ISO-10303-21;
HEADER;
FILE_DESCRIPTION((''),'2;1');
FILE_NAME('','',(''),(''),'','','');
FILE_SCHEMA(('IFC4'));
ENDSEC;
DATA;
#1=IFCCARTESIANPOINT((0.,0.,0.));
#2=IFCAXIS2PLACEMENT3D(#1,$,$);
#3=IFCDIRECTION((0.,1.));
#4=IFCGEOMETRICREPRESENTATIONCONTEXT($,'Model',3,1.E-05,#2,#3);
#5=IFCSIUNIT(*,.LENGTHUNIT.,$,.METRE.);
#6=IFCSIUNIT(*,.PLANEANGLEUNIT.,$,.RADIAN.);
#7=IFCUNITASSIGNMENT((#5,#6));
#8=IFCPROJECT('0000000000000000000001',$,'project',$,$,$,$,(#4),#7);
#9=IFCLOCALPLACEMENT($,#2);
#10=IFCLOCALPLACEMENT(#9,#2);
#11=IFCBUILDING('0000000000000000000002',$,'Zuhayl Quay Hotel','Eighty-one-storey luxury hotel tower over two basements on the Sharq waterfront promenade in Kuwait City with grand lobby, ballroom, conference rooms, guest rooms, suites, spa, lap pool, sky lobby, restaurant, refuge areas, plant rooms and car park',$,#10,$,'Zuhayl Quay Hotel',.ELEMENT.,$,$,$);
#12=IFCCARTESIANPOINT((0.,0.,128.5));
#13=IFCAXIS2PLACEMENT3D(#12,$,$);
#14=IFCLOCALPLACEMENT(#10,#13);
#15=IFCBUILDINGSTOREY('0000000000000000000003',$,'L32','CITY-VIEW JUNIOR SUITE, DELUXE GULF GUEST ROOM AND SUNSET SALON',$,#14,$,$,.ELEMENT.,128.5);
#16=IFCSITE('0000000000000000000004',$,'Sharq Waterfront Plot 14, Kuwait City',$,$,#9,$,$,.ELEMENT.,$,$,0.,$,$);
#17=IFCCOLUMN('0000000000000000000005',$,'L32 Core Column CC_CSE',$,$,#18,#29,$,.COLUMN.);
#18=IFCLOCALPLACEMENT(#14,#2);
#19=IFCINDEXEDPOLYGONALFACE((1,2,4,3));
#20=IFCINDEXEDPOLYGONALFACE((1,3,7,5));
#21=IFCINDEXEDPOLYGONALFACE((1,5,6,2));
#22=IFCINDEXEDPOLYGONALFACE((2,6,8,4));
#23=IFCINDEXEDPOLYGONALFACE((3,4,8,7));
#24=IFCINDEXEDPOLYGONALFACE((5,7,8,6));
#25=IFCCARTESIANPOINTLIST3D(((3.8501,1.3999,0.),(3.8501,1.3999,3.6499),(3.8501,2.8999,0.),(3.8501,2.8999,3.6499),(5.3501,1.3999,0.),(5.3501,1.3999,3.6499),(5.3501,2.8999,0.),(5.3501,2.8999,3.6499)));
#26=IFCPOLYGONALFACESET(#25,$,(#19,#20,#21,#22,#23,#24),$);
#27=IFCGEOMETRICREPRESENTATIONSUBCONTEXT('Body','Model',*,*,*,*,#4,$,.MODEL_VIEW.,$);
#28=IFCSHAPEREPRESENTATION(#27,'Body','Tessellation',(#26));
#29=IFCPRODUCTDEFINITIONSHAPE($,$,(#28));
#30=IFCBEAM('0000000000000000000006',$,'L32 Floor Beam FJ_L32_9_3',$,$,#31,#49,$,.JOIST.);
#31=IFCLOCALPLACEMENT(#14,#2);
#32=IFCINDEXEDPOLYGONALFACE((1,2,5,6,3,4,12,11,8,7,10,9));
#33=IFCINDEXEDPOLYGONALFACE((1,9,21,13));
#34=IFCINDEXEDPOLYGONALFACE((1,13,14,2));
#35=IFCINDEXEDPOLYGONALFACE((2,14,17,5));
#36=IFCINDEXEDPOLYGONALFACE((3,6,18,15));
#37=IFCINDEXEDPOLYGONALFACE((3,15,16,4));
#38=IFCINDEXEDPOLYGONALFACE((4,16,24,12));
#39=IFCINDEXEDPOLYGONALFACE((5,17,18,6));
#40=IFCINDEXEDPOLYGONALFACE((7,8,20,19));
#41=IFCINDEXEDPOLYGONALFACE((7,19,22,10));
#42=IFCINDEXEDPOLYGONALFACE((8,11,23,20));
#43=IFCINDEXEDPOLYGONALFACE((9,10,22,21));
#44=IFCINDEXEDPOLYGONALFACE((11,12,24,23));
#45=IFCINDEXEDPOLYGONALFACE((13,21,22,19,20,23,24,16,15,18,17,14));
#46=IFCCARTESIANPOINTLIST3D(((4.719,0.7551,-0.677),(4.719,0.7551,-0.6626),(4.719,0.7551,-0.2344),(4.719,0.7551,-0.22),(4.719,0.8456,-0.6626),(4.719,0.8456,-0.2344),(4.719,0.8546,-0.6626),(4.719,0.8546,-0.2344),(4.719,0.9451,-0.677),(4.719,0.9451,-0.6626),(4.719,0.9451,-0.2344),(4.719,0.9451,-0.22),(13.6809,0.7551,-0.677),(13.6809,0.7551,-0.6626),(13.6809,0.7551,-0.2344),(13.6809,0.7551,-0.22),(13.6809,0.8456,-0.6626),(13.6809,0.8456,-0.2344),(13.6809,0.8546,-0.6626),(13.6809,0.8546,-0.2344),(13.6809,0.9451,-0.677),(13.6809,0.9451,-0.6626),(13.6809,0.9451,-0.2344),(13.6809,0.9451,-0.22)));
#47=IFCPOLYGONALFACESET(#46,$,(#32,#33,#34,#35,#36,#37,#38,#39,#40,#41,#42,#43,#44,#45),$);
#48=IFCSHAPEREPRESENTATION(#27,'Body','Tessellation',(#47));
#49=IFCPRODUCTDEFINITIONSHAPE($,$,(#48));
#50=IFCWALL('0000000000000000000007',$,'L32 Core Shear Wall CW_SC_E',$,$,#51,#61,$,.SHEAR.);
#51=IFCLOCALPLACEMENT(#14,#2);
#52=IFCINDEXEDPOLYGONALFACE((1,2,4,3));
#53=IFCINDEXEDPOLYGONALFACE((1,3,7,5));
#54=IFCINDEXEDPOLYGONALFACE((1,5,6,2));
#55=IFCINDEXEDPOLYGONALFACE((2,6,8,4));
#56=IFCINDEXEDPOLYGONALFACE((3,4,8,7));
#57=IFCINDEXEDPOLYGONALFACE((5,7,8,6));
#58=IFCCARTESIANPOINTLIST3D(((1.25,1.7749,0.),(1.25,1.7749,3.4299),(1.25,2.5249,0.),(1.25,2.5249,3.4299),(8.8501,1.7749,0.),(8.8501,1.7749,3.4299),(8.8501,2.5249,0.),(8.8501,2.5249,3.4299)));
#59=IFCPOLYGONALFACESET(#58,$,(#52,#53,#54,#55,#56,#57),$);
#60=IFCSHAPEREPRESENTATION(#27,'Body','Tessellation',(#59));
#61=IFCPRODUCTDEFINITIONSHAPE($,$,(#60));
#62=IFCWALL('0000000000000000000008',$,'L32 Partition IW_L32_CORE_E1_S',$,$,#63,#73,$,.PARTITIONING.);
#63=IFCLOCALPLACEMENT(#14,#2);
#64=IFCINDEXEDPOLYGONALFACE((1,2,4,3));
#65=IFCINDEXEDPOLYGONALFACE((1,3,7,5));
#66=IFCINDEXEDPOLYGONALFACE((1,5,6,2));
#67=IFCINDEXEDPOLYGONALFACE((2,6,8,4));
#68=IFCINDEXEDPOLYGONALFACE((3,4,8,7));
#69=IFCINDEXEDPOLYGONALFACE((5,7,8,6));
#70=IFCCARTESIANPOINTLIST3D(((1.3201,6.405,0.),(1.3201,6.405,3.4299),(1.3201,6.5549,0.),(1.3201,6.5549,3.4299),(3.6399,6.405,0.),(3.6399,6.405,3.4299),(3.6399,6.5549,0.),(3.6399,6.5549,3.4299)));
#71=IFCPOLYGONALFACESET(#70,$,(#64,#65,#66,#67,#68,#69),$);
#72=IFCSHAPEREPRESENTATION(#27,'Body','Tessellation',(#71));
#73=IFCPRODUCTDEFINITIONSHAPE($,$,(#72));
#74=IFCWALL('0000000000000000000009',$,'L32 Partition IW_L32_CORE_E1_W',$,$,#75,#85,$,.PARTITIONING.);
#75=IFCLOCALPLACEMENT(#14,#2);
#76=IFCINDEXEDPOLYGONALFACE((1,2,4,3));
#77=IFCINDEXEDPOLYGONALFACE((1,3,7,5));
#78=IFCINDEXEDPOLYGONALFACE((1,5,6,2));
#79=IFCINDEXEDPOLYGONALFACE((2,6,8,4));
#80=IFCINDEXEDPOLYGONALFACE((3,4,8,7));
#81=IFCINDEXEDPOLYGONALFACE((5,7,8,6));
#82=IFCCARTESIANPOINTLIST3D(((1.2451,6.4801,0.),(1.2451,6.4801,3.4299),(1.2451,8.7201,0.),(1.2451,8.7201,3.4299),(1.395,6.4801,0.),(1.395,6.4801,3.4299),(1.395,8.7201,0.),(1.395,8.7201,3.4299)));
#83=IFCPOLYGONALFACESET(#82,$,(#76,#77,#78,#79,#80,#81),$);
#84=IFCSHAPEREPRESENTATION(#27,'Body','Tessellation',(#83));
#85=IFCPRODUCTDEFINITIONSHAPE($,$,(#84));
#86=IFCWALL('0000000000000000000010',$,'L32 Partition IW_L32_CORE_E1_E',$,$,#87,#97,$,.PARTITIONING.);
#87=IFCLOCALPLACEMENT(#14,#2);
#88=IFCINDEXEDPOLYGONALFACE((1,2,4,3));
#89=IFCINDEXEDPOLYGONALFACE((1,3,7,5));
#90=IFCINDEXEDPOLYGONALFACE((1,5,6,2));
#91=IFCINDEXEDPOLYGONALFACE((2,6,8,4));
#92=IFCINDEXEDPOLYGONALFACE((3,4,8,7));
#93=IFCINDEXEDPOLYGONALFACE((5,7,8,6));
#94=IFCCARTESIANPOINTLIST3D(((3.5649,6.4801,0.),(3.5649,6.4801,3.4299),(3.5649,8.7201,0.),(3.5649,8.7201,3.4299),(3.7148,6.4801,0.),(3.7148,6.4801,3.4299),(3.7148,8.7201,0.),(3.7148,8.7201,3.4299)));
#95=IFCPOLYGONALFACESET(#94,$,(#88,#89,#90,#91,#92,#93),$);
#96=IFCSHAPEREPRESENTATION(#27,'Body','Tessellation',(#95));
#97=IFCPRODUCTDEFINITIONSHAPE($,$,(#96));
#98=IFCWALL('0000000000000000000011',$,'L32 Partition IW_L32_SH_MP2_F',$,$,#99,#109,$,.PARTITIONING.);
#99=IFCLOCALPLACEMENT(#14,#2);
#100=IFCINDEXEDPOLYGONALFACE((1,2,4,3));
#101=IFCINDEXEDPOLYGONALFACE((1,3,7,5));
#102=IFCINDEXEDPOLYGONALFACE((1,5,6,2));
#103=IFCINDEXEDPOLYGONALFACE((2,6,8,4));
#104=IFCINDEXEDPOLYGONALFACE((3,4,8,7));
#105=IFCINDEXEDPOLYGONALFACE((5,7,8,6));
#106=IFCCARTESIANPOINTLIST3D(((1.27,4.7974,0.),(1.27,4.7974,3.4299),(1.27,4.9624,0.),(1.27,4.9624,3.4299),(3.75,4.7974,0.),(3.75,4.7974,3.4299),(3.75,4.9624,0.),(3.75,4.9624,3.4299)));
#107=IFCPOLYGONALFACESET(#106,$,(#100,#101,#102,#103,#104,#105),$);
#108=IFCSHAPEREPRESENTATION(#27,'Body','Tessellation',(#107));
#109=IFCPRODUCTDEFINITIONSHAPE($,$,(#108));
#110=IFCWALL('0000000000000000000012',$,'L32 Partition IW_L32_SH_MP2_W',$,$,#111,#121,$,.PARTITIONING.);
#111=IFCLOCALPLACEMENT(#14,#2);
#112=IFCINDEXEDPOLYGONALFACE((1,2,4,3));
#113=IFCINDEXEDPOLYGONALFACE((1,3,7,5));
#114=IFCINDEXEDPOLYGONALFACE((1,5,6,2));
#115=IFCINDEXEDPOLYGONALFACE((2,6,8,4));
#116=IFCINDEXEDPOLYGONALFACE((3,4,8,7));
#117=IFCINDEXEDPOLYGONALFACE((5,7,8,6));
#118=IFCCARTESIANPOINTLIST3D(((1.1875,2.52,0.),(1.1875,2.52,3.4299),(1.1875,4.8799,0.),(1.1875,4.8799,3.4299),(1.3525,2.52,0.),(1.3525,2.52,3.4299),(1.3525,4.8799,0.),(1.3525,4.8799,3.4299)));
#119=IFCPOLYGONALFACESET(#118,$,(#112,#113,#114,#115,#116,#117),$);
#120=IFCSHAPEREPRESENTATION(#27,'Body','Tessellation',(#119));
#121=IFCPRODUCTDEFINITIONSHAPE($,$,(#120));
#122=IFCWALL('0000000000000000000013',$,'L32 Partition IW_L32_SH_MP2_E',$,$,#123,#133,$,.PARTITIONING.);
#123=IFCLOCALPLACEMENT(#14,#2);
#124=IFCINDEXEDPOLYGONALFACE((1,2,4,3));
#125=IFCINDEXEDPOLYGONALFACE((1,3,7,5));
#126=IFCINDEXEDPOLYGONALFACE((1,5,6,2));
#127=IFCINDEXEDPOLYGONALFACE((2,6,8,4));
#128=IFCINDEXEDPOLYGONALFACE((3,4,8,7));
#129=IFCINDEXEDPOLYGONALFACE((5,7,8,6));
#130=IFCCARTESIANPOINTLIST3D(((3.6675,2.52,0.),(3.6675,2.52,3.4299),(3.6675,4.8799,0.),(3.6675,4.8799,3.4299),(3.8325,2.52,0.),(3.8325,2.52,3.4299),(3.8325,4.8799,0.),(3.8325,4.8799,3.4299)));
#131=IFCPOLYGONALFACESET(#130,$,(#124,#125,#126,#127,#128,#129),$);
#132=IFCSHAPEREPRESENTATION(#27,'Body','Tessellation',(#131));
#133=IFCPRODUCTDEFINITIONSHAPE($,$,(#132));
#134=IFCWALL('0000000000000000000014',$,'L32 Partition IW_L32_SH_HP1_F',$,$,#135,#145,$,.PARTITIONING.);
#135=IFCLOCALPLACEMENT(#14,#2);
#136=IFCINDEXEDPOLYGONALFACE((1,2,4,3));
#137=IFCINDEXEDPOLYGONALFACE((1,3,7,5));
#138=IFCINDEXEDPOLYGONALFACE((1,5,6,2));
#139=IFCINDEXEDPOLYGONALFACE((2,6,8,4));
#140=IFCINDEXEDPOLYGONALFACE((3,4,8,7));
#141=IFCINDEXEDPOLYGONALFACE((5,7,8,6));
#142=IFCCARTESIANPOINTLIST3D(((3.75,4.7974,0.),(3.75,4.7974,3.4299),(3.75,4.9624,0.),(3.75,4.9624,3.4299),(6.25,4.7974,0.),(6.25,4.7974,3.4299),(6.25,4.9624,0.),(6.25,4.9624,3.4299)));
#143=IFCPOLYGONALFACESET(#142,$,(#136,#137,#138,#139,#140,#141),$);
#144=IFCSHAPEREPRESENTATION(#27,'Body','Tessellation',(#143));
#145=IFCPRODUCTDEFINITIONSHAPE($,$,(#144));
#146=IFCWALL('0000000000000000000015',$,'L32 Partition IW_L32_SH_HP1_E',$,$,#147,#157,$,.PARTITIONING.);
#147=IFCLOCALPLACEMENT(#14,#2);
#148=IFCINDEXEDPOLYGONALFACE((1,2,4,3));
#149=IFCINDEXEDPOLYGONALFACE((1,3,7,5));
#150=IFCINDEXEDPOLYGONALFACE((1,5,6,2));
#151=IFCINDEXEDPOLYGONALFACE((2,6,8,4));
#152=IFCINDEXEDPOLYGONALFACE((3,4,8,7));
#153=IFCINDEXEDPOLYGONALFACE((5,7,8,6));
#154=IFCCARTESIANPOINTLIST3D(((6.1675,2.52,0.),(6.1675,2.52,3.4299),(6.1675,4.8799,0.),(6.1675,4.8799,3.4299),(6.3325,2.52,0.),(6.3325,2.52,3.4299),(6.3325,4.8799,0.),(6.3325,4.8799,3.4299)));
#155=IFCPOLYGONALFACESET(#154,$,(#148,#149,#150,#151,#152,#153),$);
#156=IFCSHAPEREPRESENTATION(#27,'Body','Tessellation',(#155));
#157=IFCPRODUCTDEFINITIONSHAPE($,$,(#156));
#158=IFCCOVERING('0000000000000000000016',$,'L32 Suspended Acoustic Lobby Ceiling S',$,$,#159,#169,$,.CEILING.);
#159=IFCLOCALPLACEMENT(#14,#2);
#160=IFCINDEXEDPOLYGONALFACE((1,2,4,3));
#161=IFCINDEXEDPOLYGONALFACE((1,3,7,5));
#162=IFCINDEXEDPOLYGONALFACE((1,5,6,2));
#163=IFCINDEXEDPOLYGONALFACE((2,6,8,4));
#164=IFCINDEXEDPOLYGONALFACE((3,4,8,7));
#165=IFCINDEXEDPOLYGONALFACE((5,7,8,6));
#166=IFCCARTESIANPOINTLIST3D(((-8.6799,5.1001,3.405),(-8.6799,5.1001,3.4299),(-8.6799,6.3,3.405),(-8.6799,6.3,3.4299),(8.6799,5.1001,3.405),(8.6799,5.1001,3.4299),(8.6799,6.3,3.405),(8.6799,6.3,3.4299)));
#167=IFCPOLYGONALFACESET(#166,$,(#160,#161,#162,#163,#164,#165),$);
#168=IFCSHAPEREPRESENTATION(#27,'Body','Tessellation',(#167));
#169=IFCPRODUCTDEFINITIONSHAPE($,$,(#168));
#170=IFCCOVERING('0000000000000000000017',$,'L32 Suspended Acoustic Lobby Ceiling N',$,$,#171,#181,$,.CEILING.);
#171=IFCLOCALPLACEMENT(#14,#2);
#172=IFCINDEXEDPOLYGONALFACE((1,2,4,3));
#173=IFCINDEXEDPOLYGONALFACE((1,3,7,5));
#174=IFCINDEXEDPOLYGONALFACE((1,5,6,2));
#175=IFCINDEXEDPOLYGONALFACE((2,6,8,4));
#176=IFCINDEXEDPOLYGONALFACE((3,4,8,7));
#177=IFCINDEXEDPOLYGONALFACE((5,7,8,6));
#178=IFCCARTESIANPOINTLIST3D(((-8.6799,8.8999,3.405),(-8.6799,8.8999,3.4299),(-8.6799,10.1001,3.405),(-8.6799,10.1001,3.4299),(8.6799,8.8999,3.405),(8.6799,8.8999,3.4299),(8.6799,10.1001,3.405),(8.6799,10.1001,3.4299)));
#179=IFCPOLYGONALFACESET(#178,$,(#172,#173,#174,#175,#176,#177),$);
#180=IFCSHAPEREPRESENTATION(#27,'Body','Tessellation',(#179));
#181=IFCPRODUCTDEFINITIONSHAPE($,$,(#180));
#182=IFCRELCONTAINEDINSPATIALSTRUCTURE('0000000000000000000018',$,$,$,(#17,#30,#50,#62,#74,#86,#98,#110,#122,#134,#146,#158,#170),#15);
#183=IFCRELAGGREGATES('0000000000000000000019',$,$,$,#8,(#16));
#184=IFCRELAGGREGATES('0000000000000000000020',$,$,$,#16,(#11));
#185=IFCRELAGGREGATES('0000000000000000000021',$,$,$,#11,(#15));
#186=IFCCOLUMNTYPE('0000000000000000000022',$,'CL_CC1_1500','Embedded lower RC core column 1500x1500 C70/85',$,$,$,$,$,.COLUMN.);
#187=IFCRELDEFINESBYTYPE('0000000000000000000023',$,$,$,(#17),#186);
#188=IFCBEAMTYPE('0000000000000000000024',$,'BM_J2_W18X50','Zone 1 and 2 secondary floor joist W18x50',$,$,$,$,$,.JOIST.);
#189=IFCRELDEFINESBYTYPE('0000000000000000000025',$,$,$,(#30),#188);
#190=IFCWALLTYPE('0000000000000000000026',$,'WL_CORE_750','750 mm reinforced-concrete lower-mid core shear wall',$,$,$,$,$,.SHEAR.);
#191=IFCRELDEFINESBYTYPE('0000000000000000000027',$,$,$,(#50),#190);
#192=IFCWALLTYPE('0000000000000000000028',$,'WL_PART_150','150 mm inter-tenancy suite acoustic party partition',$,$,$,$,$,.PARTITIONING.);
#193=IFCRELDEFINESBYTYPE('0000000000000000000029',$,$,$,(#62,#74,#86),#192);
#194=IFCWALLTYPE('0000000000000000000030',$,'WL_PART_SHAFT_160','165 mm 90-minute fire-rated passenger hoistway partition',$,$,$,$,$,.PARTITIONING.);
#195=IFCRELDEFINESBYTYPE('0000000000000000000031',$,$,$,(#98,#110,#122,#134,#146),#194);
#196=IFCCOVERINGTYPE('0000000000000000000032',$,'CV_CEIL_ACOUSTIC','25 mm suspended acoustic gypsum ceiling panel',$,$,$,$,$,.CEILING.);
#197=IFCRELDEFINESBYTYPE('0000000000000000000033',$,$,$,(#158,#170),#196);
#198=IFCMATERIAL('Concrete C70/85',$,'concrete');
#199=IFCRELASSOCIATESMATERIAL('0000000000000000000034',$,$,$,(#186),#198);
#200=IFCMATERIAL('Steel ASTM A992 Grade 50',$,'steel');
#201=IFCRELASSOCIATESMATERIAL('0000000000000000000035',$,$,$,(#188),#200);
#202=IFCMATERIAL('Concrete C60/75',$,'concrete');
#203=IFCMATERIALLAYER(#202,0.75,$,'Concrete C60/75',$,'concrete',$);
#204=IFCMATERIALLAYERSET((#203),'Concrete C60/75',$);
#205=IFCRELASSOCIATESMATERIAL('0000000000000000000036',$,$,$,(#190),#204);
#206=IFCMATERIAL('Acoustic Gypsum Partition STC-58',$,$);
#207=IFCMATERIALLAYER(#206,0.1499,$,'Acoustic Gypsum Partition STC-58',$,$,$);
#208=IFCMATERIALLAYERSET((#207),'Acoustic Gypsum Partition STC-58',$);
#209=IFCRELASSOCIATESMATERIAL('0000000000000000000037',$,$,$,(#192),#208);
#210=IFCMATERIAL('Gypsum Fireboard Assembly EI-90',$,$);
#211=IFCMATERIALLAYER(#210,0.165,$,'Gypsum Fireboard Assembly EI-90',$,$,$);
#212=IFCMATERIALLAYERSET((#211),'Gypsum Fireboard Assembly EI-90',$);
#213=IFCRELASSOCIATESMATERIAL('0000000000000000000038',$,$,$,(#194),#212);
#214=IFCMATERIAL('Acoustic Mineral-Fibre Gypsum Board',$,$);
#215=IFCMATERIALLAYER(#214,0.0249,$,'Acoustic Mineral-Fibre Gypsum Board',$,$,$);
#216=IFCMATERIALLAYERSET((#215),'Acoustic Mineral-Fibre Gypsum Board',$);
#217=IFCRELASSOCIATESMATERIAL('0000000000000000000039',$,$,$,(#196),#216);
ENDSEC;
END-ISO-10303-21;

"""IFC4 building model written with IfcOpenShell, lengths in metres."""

from ifc_helpers import new_model, si_unit, direction, frame, frame_2d, origin, origin_2d, place, context, subcontext, project, spatial, polyline, rectangle, i_section, outline, extrude, material, layer, layer_set, material_profile, profile_set, type_object, element, save


model = new_model("IFC4")

# Units and contexts
model_context = context("Model", 3, precision=1e-05, world=origin(), true_north=direction((0.0, 1.0)))
body_context = subcontext(model_context, "Body", "Model", "MODEL_VIEW")
ifc_project = project(units=[si_unit("LENGTHUNIT", "METRE"), si_unit("PLANEANGLEUNIT", "RADIAN")], contexts=[model_context])

# Site, building, storey
site_placement = place(None, origin())
site = spatial("IfcSite", under=ifc_project, at=site_placement, Name="Sharq Waterfront Plot 14, Kuwait City", CompositionType="ELEMENT", RefElevation=0.0)
building_placement = place(site_placement, origin())
building = spatial("IfcBuilding", under=site, at=building_placement, Name="Zuhayl Quay Hotel", Description="Eighty-one-storey luxury hotel tower over two basements on the Sharq waterfront promenade in Kuwait City with grand lobby, ballroom, conference rooms, guest rooms, suites, spa, lap pool, sky lobby, restaurant, refuge areas, plant rooms and car park", LongName="Zuhayl Quay Hotel", CompositionType="ELEMENT")
storey_placement = place(building_placement, frame((0.0, 0.0, 128.5)))
storey = spatial("IfcBuildingStorey", under=building, at=storey_placement, Name="L32", Description="CITY-VIEW JUNIOR SUITE, DELUXE GULF GUEST ROOM AND SUNSET SALON", CompositionType="ELEMENT", Elevation=128.5)

# Column
ifc_material_1 = material(Name="Concrete C70/85", Category="concrete")
ifc_material_profile_1 = material_profile(ifc_material_1, rectangle(XDim=1.5, YDim=1.5, at=origin_2d()), Name="RC1500X1500")
ifc_profile_set_1 = profile_set([ifc_material_profile_1], Name="Concrete C70/85")
column_type = type_object("IfcColumnType", Name="CL_CC1_1500", Description="Embedded lower RC core column 1500x1500 C70/85", PredefinedType="COLUMN", material=ifc_profile_set_1)
column_placement = place(storey_placement, frame((4.6001, 2.1499, 0.0), z_axis=(0.0, 0.0, 1.0), x_axis=(1.0, 0.0, 0.0)))
element("IfcColumn", 1, at=column_placement, inside=storey, type_object=column_type, Name="L32 Core Column CC_CSE", PredefinedType="COLUMN", context=body_context, shape_type="SweptSolid", body=[
    extrude(rectangle(XDim=1.5, YDim=1.5, at=origin_2d()), origin(), (0.0, 0.0, 1.0), 3.6499),
])

# Beam
ifc_material_2 = material(Name="Steel ASTM A992 Grade 50", Category="steel")
ifc_material_profile_2 = material_profile(ifc_material_2, i_section(OverallWidth=0.1899, OverallDepth=0.457, WebThickness=0.009, FlangeThickness=0.0144, at=origin_2d()), Name="W18X50")
ifc_profile_set_2 = profile_set([ifc_material_profile_2], Name="Steel ASTM A992 Grade 50")
beam_type = type_object("IfcBeamType", Name="BM_J2_W18X50", Description="Zone 1 and 2 secondary floor joist W18x50", PredefinedType="JOIST", material=ifc_profile_set_2)
beam_placement = place(storey_placement, frame((4.719, 0.8501, -0.4485), z_axis=(1.0, 0.0, 0.0), x_axis=(0.0, 1.0, 0.0)))
element("IfcBeam", 2, at=beam_placement, inside=storey, type_object=beam_type, Name="L32 Floor Beam FJ_L32_9_3", PredefinedType="JOIST", context=body_context, shape_type="SweptSolid", body=[
    extrude(i_section(OverallWidth=0.1899, OverallDepth=0.457, WebThickness=0.009, FlangeThickness=0.0144, at=origin_2d()), origin(), (0.0, 0.0, 1.0), 8.9619),
])

# Walls
ifc_material_3 = material(Name="Concrete C60/75", Category="concrete")
ifc_layer_1 = layer(ifc_material_3, 0.75, Name="Concrete C60/75", Category="concrete")
ifc_layer_set_1 = layer_set([ifc_layer_1], Name="Concrete C60/75")
wall_type_1 = type_object("IfcWallType", Name="WL_CORE_750", Description="750 mm reinforced-concrete lower-mid core shear wall", PredefinedType="SHEAR", material=ifc_layer_set_1)
wall_1_placement = place(storey_placement, frame((1.25, 2.1499, 0.0), z_axis=(0.0, 0.0, 1.0), x_axis=(1.0, 0.0, 0.0)))
element("IfcWall", 3, at=wall_1_placement, inside=storey, type_object=wall_type_1, Name="L32 Core Shear Wall CW_SC_E", PredefinedType="SHEAR", context=body_context, shape_type="SweptSolid", body=[
    extrude(rectangle(XDim=7.6001, YDim=0.75, at=frame_2d((3.8, 0.0))), origin(), (0.0, 0.0, 1.0), 3.4299),
])
ifc_material_4 = material(Name="Acoustic Gypsum Partition STC-58")
ifc_layer_2 = layer(ifc_material_4, 0.1499, Name="Acoustic Gypsum Partition STC-58")
ifc_layer_set_2 = layer_set([ifc_layer_2], Name="Acoustic Gypsum Partition STC-58")
wall_type_2 = type_object("IfcWallType", Name="WL_PART_150", Description="150 mm inter-tenancy suite acoustic party partition", PredefinedType="PARTITIONING", material=ifc_layer_set_2)
wall_2_placement = place(storey_placement, frame((1.3201, 6.48, 0.0), z_axis=(0.0, 0.0, 1.0), x_axis=(1.0, 0.0, 0.0)))
element("IfcWall", 4, at=wall_2_placement, inside=storey, type_object=wall_type_2, Name="L32 Partition IW_L32_CORE_E1_S", PredefinedType="PARTITIONING", context=body_context, shape_type="SweptSolid", body=[
    extrude(rectangle(XDim=2.3198, YDim=0.1499, at=frame_2d((1.1599, 0.0))), origin(), (0.0, 0.0, 1.0), 3.4299),
])
for number, where, z_axis, x_axis, name in (
    (5, (1.3201, 6.48, 0.0), (0.0, 0.0, 1.0), (0.0, 1.0, 0.0), "L32 Partition IW_L32_CORE_E1_W"),
    (6, (3.6399, 6.48, 0.0), (0.0, 0.0, 1.0), (0.0, 1.0, 0.0), "L32 Partition IW_L32_CORE_E1_E"),
):
    element("IfcWall", number, at=place(storey_placement, frame(where, z_axis=z_axis, x_axis=x_axis)), inside=storey, type_object=wall_type_2, Name=name, PredefinedType="PARTITIONING", context=body_context, shape_type="SweptSolid", body=[
        extrude(rectangle(XDim=2.24, YDim=0.1499, at=frame_2d((1.1201, 0.0))), origin(), (0.0, 0.0, 1.0), 3.4299),
    ])
ifc_material_5 = material(Name="Gypsum Fireboard Assembly EI-90")
ifc_layer_3 = layer(ifc_material_5, 0.165, Name="Gypsum Fireboard Assembly EI-90")
ifc_layer_set_3 = layer_set([ifc_layer_3], Name="Gypsum Fireboard Assembly EI-90")
wall_type_3 = type_object("IfcWallType", Name="WL_PART_SHAFT_160", Description="165 mm 90-minute fire-rated passenger hoistway partition", PredefinedType="PARTITIONING", material=ifc_layer_set_3)
wall_3_placement = place(storey_placement, frame((1.27, 4.8799, 0.0), z_axis=(0.0, 0.0, 1.0), x_axis=(1.0, 0.0, 0.0)))
element("IfcWall", 7, at=wall_3_placement, inside=storey, type_object=wall_type_3, Name="L32 Partition IW_L32_SH_MP2_F", PredefinedType="PARTITIONING", context=body_context, shape_type="SweptSolid", body=[
    extrude(rectangle(XDim=2.48, YDim=0.165, at=frame_2d((1.24, 0.0))), origin(), (0.0, 0.0, 1.0), 3.4299),
])
for number, where, z_axis, x_axis, name in (
    (8, (1.27, 2.52, 0.0), (0.0, 0.0, 1.0), (0.0, 1.0, 0.0), "L32 Partition IW_L32_SH_MP2_W"),
    (9, (3.75, 2.52, 0.0), (0.0, 0.0, 1.0), (0.0, 1.0, 0.0), "L32 Partition IW_L32_SH_MP2_E"),
):
    element("IfcWall", number, at=place(storey_placement, frame(where, z_axis=z_axis, x_axis=x_axis)), inside=storey, type_object=wall_type_3, Name=name, PredefinedType="PARTITIONING", context=body_context, shape_type="SweptSolid", body=[
        extrude(rectangle(XDim=2.3599, YDim=0.165, at=frame_2d((1.1799, 0.0))), origin(), (0.0, 0.0, 1.0), 3.4299),
    ])
wall_4_placement = place(storey_placement, frame((3.75, 4.8799, 0.0), z_axis=(0.0, 0.0, 1.0), x_axis=(1.0, 0.0, 0.0)))
element("IfcWall", 10, at=wall_4_placement, inside=storey, type_object=wall_type_3, Name="L32 Partition IW_L32_SH_HP1_F", PredefinedType="PARTITIONING", context=body_context, shape_type="SweptSolid", body=[
    extrude(rectangle(XDim=2.5, YDim=0.165, at=frame_2d((1.25, 0.0))), origin(), (0.0, 0.0, 1.0), 3.4299),
])
wall_5_placement = place(storey_placement, frame((6.25, 2.52, 0.0), z_axis=(0.0, 0.0, 1.0), x_axis=(0.0, 1.0, 0.0)))
element("IfcWall", 11, at=wall_5_placement, inside=storey, type_object=wall_type_3, Name="L32 Partition IW_L32_SH_HP1_E", PredefinedType="PARTITIONING", context=body_context, shape_type="SweptSolid", body=[
    extrude(rectangle(XDim=2.3599, YDim=0.165, at=frame_2d((1.1799, 0.0))), origin(), (0.0, 0.0, 1.0), 3.4299),
])

# Coverings
ifc_material_6 = material(Name="Acoustic Mineral-Fibre Gypsum Board")
ifc_layer_4 = layer(ifc_material_6, 0.0249, Name="Acoustic Mineral-Fibre Gypsum Board")
ifc_layer_set_4 = layer_set([ifc_layer_4], Name="Acoustic Mineral-Fibre Gypsum Board")
covering_type_1 = type_object("IfcCoveringType", Name="CV_CEIL_ACOUSTIC", Description="25 mm suspended acoustic gypsum ceiling panel", PredefinedType="CEILING", material=ifc_layer_set_4)
covering_1_placement = place(storey_placement, frame((0.0, 0.0, 3.405)))
element("IfcCovering", 12, at=covering_1_placement, inside=storey, type_object=covering_type_1, Name="L32 Suspended Acoustic Lobby Ceiling S", PredefinedType="CEILING", context=body_context, shape_type="SweptSolid", body=[
    extrude(outline(polyline([(-8.6799, 5.1001), (8.6799, 5.1001), (8.6799, 6.3), (-8.6799, 6.3), (-8.6799, 5.1001)])), origin(), (0.0, 0.0, 1.0), 0.0249),
])
covering_2_placement = place(storey_placement, frame((0.0, 0.0, 3.405)))
element("IfcCovering", 13, at=covering_2_placement, inside=storey, type_object=covering_type_1, Name="L32 Suspended Acoustic Lobby Ceiling N", PredefinedType="CEILING", context=body_context, shape_type="SweptSolid", body=[
    extrude(outline(polyline([(-8.6799, 8.8999), (8.6799, 8.8999), (8.6799, 10.1001), (-8.6799, 10.1001), (-8.6799, 8.8999)])), origin(), (0.0, 0.0, 1.0), 0.0249),
])

save(model, "model.ifc")
